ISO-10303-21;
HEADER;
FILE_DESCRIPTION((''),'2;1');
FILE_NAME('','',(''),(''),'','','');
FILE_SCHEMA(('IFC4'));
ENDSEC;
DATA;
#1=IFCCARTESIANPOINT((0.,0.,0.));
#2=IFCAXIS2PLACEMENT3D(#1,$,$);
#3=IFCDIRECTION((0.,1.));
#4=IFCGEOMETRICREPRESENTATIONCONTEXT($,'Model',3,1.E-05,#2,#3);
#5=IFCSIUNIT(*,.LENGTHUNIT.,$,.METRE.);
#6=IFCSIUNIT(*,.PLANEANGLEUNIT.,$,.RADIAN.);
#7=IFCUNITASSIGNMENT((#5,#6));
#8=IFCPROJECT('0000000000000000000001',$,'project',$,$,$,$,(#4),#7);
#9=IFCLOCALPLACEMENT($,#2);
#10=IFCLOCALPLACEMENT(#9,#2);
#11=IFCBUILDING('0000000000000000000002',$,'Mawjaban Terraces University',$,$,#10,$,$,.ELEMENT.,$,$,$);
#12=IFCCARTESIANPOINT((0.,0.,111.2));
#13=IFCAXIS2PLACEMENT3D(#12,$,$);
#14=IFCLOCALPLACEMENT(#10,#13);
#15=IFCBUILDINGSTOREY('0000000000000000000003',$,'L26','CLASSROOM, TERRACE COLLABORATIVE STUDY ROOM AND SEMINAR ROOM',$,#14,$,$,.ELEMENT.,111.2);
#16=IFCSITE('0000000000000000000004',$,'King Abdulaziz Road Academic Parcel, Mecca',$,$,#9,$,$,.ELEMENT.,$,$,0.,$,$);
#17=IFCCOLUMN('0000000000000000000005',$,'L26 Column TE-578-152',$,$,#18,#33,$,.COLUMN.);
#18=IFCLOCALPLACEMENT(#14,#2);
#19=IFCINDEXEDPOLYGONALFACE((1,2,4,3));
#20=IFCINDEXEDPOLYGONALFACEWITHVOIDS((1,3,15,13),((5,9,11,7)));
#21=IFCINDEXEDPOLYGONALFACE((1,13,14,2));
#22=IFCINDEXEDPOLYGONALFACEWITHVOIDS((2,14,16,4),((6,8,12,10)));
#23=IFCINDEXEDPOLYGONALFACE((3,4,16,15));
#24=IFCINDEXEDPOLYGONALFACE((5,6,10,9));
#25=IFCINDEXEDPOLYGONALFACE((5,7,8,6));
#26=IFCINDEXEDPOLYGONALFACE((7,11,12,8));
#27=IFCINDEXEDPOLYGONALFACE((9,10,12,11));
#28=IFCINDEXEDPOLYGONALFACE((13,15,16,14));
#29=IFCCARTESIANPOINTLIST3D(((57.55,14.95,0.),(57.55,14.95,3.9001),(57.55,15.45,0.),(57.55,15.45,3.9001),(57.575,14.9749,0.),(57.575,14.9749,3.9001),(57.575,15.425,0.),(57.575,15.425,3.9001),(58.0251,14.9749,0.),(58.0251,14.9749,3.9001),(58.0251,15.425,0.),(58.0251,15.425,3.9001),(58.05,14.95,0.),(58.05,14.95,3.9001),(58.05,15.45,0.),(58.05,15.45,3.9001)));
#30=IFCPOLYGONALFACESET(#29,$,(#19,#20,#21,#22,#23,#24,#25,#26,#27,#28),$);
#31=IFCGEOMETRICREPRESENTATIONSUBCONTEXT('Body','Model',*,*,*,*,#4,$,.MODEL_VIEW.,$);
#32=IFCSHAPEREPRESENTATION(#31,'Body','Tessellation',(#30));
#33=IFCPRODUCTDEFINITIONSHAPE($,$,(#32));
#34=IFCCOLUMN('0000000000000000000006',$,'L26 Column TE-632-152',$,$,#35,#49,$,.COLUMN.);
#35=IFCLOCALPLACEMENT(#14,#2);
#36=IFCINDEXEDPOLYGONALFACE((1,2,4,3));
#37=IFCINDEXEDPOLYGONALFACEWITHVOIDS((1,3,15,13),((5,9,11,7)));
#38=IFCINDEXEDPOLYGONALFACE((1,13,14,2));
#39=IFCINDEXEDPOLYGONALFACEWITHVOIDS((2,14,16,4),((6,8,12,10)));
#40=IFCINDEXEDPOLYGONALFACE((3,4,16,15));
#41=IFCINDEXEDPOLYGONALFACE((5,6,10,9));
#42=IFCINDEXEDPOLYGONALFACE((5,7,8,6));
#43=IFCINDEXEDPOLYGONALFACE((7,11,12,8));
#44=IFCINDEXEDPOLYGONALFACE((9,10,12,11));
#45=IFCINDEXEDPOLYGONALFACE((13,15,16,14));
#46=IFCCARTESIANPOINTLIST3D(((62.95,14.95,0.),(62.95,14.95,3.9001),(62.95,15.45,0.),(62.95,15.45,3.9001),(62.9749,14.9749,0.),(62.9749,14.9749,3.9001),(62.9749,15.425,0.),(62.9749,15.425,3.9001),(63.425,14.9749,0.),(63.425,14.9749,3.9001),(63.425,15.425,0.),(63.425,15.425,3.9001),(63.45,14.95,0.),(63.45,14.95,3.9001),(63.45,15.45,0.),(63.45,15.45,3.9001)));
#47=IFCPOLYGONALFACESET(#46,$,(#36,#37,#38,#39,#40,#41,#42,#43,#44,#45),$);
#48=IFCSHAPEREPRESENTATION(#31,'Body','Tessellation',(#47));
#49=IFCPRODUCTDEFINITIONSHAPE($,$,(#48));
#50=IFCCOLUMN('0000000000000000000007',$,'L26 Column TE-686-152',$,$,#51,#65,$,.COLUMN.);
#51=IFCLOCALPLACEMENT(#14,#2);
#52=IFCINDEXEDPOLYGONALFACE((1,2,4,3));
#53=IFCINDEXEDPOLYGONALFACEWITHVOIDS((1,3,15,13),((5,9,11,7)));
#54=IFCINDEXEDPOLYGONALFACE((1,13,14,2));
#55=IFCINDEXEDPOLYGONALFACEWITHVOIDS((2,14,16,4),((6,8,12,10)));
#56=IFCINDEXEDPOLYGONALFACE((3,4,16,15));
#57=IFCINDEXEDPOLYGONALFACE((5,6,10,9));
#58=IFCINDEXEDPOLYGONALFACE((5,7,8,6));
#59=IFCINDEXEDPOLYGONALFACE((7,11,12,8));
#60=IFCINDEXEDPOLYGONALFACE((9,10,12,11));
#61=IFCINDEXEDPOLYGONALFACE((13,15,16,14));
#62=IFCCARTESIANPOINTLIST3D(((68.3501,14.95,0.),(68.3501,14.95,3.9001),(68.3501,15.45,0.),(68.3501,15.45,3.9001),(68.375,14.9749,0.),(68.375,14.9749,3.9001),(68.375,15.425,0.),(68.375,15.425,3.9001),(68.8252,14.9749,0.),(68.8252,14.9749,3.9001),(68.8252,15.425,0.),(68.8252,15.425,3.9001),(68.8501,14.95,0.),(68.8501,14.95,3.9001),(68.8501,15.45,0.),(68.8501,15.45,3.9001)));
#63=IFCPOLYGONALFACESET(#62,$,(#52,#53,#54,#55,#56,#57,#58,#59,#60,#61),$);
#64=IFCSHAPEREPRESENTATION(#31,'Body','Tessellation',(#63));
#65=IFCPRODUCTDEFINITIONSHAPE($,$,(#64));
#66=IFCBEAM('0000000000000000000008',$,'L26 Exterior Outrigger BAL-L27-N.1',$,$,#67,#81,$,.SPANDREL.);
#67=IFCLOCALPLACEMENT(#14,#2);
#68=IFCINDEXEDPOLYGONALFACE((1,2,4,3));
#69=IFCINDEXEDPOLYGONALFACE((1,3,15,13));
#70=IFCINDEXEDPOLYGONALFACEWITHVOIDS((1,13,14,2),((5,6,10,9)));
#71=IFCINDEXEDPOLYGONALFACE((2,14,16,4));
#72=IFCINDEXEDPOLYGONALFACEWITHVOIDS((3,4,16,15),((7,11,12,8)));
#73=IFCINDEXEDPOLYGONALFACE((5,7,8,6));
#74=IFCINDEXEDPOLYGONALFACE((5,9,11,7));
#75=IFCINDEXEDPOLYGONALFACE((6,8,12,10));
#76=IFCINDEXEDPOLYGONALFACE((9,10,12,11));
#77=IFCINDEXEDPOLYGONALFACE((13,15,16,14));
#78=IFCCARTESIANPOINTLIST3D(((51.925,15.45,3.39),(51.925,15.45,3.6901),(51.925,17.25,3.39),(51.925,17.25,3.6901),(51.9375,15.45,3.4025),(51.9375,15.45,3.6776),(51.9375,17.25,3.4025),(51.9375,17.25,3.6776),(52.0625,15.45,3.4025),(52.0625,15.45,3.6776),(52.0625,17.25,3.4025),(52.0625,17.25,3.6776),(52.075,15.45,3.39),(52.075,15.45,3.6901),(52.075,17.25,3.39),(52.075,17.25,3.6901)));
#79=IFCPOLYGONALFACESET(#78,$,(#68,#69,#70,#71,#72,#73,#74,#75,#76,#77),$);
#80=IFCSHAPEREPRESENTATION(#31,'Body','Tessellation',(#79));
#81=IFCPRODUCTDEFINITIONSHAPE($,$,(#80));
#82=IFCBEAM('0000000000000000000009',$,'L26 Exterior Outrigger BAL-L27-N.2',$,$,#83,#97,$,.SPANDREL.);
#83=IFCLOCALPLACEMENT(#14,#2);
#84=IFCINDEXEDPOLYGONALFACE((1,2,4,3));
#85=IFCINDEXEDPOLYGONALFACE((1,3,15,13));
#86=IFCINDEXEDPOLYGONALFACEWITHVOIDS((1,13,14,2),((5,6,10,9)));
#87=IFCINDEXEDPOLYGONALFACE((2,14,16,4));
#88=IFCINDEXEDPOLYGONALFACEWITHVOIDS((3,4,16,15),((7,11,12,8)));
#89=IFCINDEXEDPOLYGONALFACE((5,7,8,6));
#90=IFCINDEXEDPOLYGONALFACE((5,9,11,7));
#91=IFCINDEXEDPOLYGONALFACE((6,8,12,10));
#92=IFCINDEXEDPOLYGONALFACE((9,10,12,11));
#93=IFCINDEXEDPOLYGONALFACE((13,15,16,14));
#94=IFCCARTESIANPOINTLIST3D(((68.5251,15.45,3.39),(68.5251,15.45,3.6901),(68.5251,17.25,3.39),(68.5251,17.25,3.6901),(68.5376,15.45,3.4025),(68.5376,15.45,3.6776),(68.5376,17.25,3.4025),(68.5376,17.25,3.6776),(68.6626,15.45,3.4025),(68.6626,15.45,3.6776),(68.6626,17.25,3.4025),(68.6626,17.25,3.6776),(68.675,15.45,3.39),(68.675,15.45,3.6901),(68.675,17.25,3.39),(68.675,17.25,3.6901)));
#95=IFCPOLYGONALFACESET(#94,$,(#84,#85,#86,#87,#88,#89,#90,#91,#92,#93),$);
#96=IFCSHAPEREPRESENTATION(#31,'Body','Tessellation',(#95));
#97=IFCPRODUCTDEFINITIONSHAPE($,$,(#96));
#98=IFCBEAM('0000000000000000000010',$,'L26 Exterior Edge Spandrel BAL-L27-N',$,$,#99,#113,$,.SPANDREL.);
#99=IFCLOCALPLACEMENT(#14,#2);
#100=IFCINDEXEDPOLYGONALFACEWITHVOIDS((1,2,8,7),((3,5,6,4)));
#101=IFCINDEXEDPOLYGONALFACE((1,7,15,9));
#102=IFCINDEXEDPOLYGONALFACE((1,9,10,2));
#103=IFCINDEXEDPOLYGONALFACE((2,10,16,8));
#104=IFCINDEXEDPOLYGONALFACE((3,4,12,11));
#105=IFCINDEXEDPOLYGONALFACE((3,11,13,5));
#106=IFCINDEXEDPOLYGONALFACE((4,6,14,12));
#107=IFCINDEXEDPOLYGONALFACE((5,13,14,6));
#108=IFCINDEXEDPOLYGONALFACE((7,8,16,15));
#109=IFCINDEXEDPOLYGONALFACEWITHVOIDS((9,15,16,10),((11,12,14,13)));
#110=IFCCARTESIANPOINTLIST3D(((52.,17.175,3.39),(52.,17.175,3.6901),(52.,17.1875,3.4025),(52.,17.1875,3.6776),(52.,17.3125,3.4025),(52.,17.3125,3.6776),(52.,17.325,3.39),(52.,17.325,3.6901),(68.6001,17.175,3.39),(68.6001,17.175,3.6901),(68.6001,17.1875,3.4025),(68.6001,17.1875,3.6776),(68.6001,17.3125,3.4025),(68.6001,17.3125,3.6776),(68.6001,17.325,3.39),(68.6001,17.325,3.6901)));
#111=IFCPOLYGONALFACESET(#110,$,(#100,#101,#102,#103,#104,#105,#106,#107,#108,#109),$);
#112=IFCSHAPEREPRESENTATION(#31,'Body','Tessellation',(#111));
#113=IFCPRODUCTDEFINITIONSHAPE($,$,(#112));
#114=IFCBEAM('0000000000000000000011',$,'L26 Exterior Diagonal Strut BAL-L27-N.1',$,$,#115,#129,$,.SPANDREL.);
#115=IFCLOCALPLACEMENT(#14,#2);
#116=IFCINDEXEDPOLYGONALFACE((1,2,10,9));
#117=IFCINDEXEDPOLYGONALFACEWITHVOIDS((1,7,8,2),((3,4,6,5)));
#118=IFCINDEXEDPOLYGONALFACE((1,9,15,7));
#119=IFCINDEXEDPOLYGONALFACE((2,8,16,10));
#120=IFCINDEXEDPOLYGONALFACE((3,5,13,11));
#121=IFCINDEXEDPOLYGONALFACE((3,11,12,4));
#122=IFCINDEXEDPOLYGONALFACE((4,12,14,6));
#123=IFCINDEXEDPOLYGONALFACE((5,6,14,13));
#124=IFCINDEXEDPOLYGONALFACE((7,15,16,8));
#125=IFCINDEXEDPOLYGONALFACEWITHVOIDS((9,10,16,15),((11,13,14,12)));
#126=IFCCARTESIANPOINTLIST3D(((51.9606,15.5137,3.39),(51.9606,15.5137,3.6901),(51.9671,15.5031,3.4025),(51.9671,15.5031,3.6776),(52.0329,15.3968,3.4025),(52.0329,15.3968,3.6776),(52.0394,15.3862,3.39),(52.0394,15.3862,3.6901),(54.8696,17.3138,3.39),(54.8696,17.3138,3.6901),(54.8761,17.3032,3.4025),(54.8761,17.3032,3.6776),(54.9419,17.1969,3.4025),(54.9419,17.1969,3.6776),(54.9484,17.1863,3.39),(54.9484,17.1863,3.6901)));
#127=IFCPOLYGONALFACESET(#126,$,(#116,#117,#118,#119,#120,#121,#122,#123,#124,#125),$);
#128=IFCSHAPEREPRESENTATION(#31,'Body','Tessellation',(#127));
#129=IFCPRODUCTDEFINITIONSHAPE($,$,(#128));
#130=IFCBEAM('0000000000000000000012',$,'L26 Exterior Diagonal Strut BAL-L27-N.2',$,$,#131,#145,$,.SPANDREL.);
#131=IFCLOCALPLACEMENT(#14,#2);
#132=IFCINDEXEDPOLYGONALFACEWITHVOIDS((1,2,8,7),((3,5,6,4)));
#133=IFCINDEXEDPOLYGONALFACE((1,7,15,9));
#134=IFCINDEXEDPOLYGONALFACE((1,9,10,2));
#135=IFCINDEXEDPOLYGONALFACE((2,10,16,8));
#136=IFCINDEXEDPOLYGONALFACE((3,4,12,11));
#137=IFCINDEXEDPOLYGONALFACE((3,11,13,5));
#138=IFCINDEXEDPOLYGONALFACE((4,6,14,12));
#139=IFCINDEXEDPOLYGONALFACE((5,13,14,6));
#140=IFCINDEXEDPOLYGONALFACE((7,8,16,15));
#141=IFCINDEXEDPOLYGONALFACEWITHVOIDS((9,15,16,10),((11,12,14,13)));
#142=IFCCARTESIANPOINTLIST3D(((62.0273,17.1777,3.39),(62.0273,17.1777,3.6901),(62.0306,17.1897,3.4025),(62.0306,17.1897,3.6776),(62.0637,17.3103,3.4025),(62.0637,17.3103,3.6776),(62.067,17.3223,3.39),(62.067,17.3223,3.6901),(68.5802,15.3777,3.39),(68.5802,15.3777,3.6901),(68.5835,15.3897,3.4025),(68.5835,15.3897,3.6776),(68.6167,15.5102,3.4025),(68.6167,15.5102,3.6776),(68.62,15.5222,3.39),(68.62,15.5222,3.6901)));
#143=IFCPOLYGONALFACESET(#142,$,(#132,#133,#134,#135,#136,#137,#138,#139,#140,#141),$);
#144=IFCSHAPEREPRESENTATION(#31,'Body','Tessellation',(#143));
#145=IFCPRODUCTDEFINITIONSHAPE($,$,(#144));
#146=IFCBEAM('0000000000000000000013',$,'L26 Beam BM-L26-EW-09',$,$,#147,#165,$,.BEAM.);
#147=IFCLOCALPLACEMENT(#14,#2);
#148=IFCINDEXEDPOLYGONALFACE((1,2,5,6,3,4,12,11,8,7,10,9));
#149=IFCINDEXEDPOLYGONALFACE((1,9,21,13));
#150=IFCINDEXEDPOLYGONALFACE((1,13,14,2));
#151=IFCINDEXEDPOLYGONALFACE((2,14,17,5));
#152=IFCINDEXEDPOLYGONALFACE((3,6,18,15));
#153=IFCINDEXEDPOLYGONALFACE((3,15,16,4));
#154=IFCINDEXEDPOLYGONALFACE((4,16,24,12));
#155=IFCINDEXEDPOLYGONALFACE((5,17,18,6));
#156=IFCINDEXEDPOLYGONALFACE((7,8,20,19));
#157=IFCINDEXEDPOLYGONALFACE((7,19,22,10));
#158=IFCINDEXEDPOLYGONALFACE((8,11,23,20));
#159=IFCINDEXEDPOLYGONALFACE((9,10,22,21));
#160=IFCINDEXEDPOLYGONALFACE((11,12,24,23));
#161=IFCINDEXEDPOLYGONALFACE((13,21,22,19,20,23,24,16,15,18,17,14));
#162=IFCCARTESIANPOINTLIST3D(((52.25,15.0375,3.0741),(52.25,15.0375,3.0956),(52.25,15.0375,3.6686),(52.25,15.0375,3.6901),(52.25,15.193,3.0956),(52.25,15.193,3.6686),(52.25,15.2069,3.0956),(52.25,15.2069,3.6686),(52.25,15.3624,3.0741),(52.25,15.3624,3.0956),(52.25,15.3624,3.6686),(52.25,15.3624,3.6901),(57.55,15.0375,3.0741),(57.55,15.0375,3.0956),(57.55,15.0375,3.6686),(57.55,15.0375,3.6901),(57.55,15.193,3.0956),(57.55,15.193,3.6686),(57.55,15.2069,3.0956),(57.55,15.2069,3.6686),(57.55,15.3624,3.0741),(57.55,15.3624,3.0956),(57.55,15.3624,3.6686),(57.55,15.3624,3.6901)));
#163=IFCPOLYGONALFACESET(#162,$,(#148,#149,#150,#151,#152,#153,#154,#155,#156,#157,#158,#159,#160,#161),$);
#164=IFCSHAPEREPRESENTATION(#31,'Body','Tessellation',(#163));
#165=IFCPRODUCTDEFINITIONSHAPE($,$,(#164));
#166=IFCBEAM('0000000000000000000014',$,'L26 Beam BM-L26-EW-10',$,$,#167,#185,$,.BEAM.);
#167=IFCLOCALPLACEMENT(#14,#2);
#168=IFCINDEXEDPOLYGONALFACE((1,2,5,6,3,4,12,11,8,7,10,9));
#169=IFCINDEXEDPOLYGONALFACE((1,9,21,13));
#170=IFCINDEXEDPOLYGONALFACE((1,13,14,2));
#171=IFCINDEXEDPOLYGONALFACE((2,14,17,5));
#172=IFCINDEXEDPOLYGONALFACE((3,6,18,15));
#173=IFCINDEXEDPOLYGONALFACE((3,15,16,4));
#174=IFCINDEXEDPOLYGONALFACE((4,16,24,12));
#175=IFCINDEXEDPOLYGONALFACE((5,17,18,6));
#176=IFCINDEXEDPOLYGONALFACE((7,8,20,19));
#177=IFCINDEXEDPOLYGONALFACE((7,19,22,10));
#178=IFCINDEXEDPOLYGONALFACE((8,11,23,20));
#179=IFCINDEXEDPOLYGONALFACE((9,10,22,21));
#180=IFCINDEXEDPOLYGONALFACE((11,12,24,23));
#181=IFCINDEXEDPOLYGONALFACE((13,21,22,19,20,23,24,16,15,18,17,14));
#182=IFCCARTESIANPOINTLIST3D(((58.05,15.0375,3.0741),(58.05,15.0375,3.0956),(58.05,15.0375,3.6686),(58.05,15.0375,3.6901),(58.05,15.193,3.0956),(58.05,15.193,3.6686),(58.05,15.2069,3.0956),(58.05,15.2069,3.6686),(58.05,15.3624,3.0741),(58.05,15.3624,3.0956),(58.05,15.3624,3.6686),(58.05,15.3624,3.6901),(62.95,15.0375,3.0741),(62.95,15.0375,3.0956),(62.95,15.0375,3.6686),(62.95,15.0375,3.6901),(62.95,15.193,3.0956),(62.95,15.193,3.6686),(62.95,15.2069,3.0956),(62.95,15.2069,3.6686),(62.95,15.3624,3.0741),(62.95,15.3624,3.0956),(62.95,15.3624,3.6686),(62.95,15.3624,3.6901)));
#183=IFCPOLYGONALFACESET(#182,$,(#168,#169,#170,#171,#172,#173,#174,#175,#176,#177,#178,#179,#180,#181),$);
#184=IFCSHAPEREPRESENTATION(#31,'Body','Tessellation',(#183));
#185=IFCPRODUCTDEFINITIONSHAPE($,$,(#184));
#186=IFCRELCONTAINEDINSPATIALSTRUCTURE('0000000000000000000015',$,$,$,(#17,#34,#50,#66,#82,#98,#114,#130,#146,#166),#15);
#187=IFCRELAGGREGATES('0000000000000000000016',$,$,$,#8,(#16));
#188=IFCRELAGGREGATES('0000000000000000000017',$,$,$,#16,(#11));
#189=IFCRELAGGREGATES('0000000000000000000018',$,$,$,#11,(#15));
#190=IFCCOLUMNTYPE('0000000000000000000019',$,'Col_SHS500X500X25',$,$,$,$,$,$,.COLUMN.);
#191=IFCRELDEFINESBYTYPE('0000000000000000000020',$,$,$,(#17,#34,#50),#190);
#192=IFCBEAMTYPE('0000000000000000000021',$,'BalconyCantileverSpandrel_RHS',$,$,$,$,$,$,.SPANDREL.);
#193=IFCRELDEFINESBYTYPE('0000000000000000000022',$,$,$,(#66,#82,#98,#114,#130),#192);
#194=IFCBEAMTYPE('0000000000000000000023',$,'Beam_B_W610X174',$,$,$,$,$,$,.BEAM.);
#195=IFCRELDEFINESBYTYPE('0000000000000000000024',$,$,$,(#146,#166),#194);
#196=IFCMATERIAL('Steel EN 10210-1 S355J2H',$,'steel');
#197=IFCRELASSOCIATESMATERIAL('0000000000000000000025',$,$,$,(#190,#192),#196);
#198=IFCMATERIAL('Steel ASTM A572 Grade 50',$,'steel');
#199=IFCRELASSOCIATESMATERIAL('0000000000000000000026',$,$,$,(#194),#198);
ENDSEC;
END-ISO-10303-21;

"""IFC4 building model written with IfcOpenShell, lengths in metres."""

from ifc_helpers import new_model, si_unit, direction, frame, origin, origin_2d, place, context, subcontext, project, spatial, hollow_rectangle, i_section, extrude, material, material_profile, profile_set, type_object, element, save


model = new_model("IFC4")

# Units and contexts
model_context = context("Model", 3, precision=1e-05, world=origin(), true_north=direction((0.0, 1.0)))
body_context = subcontext(model_context, "Body", "Model", "MODEL_VIEW")
ifc_project = project(units=[si_unit("LENGTHUNIT", "METRE"), si_unit("PLANEANGLEUNIT", "RADIAN")], contexts=[model_context])

# Site, building, storey
site_placement = place(None, origin())
site = spatial("IfcSite", under=ifc_project, at=site_placement, Name="King Abdulaziz Road Academic Parcel, Mecca", CompositionType="ELEMENT", RefElevation=0.0)
building_placement = place(site_placement, origin())
building = spatial("IfcBuilding", under=site, at=building_placement, Name="Mawjaban Terraces University", CompositionType="ELEMENT")
storey_placement = place(building_placement, frame((0.0, 0.0, 111.2)))
storey = spatial("IfcBuildingStorey", under=building, at=storey_placement, Name="L26", Description="CLASSROOM, TERRACE COLLABORATIVE STUDY ROOM AND SEMINAR ROOM", CompositionType="ELEMENT", Elevation=111.2)

# Columns
ifc_material_1 = material(Name="Steel EN 10210-1 S355J2H", Category="steel")
ifc_material_profile_1 = material_profile(ifc_material_1, hollow_rectangle(XDim=0.5, YDim=0.5, WallThickness=0.0249, at=origin_2d()), Name="SHS500X500X25")
ifc_profile_set_1 = profile_set([ifc_material_profile_1], Name="Steel EN 10210-1 S355J2H")
column_type = type_object("IfcColumnType", Name="Col_SHS500X500X25", PredefinedType="COLUMN", material=ifc_profile_set_1)
for number, where, z_axis, x_axis, name in (
    (1, (57.8, 15.2, 0.0), (0.0, 0.0, 1.0), (1.0, 0.0, 0.0), "L26 Column TE-578-152"),
    (2, (63.2, 15.2, 0.0), (0.0, 0.0, 1.0), (1.0, 0.0, 0.0), "L26 Column TE-632-152"),
    (3, (68.6001, 15.2, 0.0), (0.0, 0.0, 1.0), (1.0, 0.0, 0.0), "L26 Column TE-686-152"),
):
    element("IfcColumn", number, at=place(storey_placement, frame(where, z_axis=z_axis, x_axis=x_axis)), inside=storey, type_object=column_type, Name=name, PredefinedType="COLUMN", context=body_context, shape_type="SweptSolid", body=[
        extrude(hollow_rectangle(XDim=0.5, YDim=0.5, WallThickness=0.0249, at=origin_2d()), origin(), (0.0, 0.0, 1.0), 3.9001),
    ])

# Beams
ifc_material_profile_2 = material_profile(ifc_material_1, hollow_rectangle(XDim=0.1499, YDim=0.3, WallThickness=0.0125, at=origin_2d()), Name="RHS300X150X12.5")
ifc_profile_set_2 = profile_set([ifc_material_profile_2], Name="Steel EN 10210-1 S355J2H")
beam_type_1 = type_object("IfcBeamType", Name="BalconyCantileverSpandrel_RHS", PredefinedType="SPANDREL", material=ifc_profile_set_2)
for number, where, z_axis, x_axis, name in (
    (4, (52.0, 15.45, 3.54), (0.0, 1.0, 0.0), (-1.0, 0.0, 0.0), "L26 Exterior Outrigger BAL-L27-N.1"),
    (5, (68.6001, 15.45, 3.54), (0.0, 1.0, 0.0), (-1.0, 0.0, 0.0), "L26 Exterior Outrigger BAL-L27-N.2"),
):
    element("IfcBeam", number, at=place(storey_placement, frame(where, z_axis=z_axis, x_axis=x_axis)), inside=storey, type_object=beam_type_1, Name=name, PredefinedType="SPANDREL", context=body_context, shape_type="SweptSolid", body=[
        extrude(hollow_rectangle(XDim=0.1499, YDim=0.3, WallThickness=0.0125, at=origin_2d()), origin(), (0.0, 0.0, 1.0), 1.8),
    ])
beam_1_placement = place(storey_placement, frame((52.0, 17.25, 3.54), z_axis=(1.0, 0.0, 0.0), x_axis=(0.0, 1.0, 0.0)))
element("IfcBeam", 6, at=beam_1_placement, inside=storey, type_object=beam_type_1, Name="L26 Exterior Edge Spandrel BAL-L27-N", PredefinedType="SPANDREL", context=body_context, shape_type="SweptSolid", body=[
    extrude(hollow_rectangle(XDim=0.1499, YDim=0.3, WallThickness=0.0125, at=origin_2d()), origin(), (0.0, 0.0, 1.0), 16.6001),
])
beam_2_placement = place(storey_placement, frame((52.0, 15.45, 3.54), z_axis=(0.850359, 0.526202, 0.0), x_axis=(-0.526202, 0.850359, 0.0)))
element("IfcBeam", 7, at=beam_2_placement, inside=storey, type_object=beam_type_1, Name="L26 Exterior Diagonal Strut BAL-L27-N.1", PredefinedType="SPANDREL", context=body_context, shape_type="SweptSolid", body=[
    extrude(hollow_rectangle(XDim=0.1499, YDim=0.3, WallThickness=0.0125, at=origin_2d()), origin(), (0.0, 0.0, 1.0), 3.4209),
])
beam_3_placement = place(storey_placement, frame((68.6001, 15.45, 3.54), z_axis=(-0.964281, 0.26488, 0.0), x_axis=(-0.26488, -0.964281, 0.0)))
element("IfcBeam", 8, at=beam_3_placement, inside=storey, type_object=beam_type_1, Name="L26 Exterior Diagonal Strut BAL-L27-N.2", PredefinedType="SPANDREL", context=body_context, shape_type="SweptSolid", body=[
    extrude(hollow_rectangle(XDim=0.1499, YDim=0.3, WallThickness=0.0125, at=origin_2d()), origin(), (0.0, 0.0, 1.0), 6.7957),
])
ifc_material_2 = material(Name="Steel ASTM A572 Grade 50", Category="steel")
ifc_material_profile_3 = material_profile(ifc_material_2, i_section(OverallWidth=0.325, OverallDepth=0.616, WebThickness=0.0139, FlangeThickness=0.0215, at=origin_2d()), Name="W610X174")
ifc_profile_set_3 = profile_set([ifc_material_profile_3], Name="Steel ASTM A572 Grade 50")
beam_type_2 = type_object("IfcBeamType", Name="Beam_B_W610X174", PredefinedType="BEAM", material=ifc_profile_set_3)
beam_4_placement = place(storey_placement, frame((52.25, 15.2, 3.3821), z_axis=(1.0, 0.0, 0.0), x_axis=(0.0, 1.0, 0.0)))
element("IfcBeam", 9, at=beam_4_placement, inside=storey, type_object=beam_type_2, Name="L26 Beam BM-L26-EW-09", PredefinedType="BEAM", context=body_context, shape_type="SweptSolid", body=[
    extrude(i_section(OverallWidth=0.325, OverallDepth=0.616, WebThickness=0.0139, FlangeThickness=0.0215, at=origin_2d()), origin(), (0.0, 0.0, 1.0), 5.3),
])
beam_5_placement = place(storey_placement, frame((58.05, 15.2, 3.3821), z_axis=(1.0, 0.0, 0.0), x_axis=(0.0, 1.0, 0.0)))
element("IfcBeam", 10, at=beam_5_placement, inside=storey, type_object=beam_type_2, Name="L26 Beam BM-L26-EW-10", PredefinedType="BEAM", context=body_context, shape_type="SweptSolid", body=[
    extrude(i_section(OverallWidth=0.325, OverallDepth=0.616, WebThickness=0.0139, FlangeThickness=0.0215, at=origin_2d()), origin(), (0.0, 0.0, 1.0), 4.8999),
])

save(model, "model.ifc")
